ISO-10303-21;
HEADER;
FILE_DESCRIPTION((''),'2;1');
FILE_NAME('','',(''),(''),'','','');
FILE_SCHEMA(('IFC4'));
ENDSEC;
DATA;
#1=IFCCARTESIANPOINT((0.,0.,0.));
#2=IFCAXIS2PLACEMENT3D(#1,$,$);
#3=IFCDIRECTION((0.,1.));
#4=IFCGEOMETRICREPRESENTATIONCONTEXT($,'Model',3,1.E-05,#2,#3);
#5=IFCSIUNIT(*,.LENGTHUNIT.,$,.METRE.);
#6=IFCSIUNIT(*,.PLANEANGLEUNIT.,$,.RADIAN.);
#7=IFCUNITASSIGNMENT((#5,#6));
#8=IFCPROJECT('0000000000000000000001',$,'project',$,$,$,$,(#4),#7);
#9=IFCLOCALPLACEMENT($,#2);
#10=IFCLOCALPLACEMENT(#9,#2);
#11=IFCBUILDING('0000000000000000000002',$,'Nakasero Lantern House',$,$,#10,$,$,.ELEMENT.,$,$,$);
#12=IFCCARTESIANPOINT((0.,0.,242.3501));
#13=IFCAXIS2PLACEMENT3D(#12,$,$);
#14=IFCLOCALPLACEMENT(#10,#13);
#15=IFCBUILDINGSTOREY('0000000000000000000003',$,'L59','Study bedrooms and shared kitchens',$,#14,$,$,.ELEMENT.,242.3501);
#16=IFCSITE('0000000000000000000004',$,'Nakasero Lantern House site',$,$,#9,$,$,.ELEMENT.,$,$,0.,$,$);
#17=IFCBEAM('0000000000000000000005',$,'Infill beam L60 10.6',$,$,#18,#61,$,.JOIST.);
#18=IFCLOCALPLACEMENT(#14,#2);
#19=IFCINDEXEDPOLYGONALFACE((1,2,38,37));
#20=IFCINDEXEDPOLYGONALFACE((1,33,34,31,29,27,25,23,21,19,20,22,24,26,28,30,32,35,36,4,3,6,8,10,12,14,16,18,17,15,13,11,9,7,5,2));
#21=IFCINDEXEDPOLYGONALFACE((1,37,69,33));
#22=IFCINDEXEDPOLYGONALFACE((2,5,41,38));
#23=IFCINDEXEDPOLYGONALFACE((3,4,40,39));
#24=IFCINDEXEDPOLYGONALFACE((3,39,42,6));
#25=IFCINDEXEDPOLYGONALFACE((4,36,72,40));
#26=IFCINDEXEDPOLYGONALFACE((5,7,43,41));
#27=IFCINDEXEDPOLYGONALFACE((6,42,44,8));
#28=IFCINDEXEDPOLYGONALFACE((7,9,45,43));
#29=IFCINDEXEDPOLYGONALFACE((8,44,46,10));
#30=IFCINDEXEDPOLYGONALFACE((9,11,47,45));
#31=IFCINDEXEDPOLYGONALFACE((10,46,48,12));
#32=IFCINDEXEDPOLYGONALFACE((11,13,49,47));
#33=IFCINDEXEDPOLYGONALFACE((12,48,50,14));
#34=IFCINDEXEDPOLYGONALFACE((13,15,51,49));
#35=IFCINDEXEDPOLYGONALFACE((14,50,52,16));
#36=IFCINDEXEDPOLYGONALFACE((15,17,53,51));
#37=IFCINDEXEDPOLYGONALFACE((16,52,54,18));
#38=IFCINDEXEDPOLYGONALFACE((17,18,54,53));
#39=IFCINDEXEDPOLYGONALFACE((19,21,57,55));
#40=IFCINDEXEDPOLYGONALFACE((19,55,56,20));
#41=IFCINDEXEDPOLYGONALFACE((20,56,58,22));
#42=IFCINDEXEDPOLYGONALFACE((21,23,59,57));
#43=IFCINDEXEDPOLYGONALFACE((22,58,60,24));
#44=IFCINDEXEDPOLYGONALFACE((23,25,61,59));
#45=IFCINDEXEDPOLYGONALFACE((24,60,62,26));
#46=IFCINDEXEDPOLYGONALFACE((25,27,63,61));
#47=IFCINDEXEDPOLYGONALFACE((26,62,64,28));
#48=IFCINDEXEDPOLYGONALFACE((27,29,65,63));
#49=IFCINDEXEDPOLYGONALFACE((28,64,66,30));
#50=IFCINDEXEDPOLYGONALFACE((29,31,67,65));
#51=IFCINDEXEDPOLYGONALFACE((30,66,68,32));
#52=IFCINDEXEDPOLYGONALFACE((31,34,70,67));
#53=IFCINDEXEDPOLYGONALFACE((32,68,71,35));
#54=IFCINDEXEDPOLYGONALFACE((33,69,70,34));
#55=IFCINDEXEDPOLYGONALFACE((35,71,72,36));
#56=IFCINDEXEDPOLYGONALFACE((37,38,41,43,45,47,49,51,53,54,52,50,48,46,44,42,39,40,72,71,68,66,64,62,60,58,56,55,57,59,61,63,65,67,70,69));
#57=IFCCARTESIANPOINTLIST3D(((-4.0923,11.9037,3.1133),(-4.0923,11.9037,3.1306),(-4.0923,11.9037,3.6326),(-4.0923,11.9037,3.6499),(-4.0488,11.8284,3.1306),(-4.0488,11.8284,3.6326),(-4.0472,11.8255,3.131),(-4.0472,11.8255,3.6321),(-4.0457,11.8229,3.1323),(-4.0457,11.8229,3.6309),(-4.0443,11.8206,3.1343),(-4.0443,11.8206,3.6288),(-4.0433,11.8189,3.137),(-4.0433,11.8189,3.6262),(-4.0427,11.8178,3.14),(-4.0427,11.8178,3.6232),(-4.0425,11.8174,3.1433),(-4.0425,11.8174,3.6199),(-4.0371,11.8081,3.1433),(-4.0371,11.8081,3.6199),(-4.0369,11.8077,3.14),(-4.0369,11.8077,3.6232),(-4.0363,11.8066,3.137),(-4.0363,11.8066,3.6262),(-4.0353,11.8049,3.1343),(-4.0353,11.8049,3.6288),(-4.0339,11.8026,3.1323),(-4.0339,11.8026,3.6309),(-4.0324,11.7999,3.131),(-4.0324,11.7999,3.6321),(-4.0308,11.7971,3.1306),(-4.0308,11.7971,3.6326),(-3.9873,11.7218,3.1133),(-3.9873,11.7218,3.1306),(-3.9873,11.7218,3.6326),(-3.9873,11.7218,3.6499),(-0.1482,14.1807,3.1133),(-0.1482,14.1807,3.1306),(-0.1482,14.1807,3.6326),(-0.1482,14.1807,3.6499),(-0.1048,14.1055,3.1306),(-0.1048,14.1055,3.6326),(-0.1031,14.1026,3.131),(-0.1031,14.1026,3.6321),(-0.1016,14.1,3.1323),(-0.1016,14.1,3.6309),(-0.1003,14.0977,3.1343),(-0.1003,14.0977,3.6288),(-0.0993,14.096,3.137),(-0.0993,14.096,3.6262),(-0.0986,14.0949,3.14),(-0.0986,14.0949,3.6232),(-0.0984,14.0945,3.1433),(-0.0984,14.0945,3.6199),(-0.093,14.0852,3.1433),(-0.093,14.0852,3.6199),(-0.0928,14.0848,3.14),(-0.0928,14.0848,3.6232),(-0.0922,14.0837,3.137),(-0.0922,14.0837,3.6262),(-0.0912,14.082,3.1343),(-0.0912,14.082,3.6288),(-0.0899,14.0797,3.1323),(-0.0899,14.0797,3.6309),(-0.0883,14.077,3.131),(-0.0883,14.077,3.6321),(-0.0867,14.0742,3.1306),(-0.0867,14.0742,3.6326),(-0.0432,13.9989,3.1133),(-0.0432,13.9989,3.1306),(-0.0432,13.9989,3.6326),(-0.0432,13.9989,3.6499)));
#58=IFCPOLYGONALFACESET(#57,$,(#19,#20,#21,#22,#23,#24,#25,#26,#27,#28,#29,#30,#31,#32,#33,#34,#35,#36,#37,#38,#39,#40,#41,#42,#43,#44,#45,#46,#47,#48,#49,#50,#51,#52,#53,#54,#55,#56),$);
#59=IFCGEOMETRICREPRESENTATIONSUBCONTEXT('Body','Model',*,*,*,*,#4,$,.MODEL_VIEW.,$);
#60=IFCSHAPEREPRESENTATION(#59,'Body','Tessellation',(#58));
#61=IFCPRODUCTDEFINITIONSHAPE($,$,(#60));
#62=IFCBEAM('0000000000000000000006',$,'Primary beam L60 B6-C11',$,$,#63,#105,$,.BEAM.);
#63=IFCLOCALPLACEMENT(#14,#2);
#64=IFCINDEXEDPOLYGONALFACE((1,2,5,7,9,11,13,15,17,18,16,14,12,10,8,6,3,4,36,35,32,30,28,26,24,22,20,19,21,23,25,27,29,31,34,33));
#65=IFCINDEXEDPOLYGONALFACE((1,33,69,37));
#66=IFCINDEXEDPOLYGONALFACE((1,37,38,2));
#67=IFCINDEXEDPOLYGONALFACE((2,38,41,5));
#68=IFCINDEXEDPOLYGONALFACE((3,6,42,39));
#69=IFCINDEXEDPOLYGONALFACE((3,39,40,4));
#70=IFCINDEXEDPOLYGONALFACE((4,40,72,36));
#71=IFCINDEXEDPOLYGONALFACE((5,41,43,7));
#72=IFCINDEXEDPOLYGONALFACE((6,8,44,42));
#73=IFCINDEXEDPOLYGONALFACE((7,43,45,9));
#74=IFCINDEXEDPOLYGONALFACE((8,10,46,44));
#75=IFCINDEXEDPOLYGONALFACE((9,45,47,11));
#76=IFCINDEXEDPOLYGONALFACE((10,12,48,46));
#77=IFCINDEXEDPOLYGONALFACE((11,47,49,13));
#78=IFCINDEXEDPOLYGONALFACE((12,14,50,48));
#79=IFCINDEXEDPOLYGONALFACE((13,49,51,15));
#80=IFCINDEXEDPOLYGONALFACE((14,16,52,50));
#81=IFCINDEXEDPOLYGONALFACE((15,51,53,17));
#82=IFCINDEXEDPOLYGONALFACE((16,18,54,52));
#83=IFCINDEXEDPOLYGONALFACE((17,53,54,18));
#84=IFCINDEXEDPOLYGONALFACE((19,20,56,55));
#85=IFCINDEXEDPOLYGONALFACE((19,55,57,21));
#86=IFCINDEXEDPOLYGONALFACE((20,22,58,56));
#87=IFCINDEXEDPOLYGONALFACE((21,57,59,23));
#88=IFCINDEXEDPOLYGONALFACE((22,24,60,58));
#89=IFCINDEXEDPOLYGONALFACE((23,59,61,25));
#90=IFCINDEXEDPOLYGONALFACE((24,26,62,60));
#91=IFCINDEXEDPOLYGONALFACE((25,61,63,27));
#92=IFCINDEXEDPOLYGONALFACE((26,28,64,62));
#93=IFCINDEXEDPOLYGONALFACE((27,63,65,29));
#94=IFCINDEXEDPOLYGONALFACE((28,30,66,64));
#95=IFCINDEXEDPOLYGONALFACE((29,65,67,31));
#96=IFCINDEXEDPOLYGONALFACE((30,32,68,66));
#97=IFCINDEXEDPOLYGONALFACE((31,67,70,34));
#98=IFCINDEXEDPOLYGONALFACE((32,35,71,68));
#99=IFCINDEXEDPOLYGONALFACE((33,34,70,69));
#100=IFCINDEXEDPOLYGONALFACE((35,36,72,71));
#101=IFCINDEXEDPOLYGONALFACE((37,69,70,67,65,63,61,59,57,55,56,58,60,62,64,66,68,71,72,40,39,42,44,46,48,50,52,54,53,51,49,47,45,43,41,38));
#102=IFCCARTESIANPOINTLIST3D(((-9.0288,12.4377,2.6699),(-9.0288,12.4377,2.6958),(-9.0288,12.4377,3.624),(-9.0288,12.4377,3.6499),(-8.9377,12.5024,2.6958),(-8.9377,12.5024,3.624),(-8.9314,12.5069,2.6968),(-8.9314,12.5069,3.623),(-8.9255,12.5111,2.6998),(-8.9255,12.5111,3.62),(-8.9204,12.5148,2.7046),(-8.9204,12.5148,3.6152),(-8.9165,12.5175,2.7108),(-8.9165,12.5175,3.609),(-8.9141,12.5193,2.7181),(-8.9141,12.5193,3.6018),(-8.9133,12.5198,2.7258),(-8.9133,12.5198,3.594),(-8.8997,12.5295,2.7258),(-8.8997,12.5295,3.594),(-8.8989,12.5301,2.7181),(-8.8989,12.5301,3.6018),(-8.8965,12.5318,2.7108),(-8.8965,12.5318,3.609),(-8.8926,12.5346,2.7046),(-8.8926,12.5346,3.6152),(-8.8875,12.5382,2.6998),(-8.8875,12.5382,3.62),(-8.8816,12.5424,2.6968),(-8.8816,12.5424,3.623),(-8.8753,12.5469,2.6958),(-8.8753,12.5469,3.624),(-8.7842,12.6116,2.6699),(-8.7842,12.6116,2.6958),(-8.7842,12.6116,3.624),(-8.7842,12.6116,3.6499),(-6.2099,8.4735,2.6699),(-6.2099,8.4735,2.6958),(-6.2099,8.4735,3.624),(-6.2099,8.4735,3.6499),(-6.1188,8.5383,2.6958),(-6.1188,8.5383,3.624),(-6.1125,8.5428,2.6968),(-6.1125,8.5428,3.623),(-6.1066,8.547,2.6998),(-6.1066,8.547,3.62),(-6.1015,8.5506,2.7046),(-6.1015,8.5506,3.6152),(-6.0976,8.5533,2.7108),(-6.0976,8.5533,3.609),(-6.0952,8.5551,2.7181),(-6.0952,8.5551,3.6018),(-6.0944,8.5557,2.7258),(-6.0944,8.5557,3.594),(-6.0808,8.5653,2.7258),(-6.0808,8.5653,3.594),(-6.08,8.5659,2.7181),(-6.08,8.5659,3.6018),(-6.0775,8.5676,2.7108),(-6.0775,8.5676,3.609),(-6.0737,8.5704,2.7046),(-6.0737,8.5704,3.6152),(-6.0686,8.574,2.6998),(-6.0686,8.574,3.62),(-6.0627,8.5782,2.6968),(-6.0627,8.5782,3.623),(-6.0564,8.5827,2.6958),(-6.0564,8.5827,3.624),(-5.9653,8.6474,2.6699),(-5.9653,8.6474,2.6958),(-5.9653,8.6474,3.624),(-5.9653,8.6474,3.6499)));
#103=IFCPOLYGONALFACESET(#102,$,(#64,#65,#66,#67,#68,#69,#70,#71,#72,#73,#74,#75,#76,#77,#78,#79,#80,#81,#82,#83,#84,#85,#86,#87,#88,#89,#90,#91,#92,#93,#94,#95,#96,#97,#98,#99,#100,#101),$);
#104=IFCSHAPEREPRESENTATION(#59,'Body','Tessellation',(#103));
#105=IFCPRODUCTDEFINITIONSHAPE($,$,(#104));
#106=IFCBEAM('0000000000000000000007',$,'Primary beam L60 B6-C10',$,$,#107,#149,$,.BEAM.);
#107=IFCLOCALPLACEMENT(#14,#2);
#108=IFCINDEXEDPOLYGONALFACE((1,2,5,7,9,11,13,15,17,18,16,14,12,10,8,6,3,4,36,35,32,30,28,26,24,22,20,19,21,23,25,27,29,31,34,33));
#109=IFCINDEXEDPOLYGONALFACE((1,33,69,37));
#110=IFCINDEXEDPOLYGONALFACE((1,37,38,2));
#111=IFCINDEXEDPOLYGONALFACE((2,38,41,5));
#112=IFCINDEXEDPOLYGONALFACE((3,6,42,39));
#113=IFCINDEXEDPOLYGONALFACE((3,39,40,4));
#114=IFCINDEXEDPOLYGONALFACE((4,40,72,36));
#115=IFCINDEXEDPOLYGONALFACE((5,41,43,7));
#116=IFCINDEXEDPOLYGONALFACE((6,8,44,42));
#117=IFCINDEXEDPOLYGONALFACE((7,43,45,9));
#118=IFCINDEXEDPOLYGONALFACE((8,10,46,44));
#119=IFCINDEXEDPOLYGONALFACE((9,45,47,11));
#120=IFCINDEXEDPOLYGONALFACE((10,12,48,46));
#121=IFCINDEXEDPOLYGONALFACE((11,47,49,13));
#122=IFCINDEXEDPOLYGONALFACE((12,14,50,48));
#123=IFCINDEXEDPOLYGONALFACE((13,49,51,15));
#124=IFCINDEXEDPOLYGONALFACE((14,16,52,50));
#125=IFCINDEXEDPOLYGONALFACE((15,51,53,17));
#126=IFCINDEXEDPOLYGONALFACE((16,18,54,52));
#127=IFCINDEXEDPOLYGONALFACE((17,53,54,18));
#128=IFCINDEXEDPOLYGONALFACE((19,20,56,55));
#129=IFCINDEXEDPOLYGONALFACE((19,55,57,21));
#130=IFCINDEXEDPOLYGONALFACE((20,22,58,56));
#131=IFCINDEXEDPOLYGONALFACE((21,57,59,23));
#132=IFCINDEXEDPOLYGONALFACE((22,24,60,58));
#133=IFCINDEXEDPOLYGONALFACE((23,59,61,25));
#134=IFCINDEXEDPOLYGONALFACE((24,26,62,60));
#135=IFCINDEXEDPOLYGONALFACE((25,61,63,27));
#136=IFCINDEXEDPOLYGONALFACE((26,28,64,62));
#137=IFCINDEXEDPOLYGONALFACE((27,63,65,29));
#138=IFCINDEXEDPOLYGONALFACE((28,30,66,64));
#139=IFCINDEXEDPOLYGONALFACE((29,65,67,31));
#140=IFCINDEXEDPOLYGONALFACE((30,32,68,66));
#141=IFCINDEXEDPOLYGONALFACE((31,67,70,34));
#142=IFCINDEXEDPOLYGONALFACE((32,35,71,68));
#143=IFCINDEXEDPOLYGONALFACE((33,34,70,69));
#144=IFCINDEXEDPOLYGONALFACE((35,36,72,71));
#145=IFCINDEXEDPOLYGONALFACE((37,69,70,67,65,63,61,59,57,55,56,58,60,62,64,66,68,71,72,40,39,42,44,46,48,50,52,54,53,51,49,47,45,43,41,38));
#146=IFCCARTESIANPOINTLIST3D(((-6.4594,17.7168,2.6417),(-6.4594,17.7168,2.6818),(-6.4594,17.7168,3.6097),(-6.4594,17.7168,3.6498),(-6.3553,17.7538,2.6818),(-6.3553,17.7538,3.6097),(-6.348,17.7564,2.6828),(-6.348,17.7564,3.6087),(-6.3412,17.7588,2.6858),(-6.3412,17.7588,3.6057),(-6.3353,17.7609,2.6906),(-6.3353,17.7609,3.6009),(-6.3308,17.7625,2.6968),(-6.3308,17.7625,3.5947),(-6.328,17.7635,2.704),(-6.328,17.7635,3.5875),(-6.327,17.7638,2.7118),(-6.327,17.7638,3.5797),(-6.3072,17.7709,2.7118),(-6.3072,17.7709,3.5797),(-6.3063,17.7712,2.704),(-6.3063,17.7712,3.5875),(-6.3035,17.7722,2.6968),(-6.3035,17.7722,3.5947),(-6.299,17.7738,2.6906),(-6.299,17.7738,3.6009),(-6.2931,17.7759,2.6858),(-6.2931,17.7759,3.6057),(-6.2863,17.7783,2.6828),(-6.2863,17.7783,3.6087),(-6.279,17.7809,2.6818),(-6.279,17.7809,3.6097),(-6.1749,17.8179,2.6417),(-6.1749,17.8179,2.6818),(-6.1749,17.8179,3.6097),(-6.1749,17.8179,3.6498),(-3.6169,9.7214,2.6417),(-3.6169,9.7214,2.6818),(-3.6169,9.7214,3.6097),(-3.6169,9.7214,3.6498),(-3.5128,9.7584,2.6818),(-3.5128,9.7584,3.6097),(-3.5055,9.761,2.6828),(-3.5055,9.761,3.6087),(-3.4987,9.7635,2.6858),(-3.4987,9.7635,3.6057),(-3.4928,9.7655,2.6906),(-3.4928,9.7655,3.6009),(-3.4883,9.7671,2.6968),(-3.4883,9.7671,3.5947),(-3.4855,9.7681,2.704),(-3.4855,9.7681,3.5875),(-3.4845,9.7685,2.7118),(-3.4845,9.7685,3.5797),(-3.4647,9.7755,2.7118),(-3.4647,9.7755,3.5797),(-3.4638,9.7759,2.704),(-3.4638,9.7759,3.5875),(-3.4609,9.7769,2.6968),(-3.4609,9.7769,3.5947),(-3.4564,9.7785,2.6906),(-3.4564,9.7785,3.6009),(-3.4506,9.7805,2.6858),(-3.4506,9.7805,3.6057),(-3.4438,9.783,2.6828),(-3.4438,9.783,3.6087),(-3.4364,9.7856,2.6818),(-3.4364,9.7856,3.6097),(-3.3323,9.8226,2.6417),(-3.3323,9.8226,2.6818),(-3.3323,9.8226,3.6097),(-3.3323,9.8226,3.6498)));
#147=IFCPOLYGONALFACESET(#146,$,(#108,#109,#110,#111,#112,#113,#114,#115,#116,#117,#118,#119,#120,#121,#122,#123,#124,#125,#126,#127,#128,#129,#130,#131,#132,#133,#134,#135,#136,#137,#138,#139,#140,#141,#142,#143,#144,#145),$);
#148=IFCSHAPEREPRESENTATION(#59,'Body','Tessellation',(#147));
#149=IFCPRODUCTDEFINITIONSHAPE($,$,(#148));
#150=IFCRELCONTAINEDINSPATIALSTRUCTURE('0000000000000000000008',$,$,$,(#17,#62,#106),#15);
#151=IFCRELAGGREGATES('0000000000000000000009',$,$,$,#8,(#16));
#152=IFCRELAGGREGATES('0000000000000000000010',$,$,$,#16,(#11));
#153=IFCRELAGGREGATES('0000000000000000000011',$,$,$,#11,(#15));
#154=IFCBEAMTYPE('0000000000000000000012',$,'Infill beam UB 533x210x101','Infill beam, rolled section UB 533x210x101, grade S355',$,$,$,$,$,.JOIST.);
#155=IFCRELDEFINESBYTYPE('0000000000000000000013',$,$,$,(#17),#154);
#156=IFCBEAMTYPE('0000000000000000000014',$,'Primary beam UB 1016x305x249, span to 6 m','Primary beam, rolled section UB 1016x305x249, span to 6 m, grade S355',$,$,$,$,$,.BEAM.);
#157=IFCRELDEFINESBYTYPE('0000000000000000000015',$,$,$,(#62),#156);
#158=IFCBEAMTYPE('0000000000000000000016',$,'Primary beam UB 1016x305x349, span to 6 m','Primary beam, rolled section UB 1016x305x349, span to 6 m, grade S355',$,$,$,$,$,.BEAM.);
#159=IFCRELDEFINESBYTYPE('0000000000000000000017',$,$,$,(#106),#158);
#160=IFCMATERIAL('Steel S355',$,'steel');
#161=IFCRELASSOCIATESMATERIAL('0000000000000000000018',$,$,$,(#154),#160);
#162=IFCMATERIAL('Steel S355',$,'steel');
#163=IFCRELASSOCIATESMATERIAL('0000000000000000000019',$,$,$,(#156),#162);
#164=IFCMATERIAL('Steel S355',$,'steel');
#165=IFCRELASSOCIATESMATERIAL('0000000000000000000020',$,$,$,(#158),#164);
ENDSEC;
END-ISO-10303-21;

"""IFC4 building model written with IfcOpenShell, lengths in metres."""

from ifc_helpers import new_model, si_unit, direction, frame, origin, origin_2d, place, context, subcontext, project, spatial, i_section, extrude, material, material_profile, profile_set, type_object, element, save


model = new_model("IFC4")

# Units and contexts
model_context = context("Model", 3, precision=1e-05, world=origin(), true_north=direction((0.0, 1.0)))
body_context = subcontext(model_context, "Body", "Model", "MODEL_VIEW")
ifc_project = project(units=[si_unit("LENGTHUNIT", "METRE"), si_unit("PLANEANGLEUNIT", "RADIAN")], contexts=[model_context])

# Site, building, storey
site_placement = place(None, origin())
site = spatial("IfcSite", under=ifc_project, at=site_placement, Name="Nakasero Lantern House site", CompositionType="ELEMENT", RefElevation=0.0)
building_placement = place(site_placement, origin())
building = spatial("IfcBuilding", under=site, at=building_placement, Name="Nakasero Lantern House", CompositionType="ELEMENT")
storey_placement = place(building_placement, frame((0.0, 0.0, 242.3501)))
storey = spatial("IfcBuildingStorey", under=building, at=storey_placement, Name="L59", Description="Study bedrooms and shared kitchens", CompositionType="ELEMENT", Elevation=242.3501)

# Beams
ifc_material_1 = material(Name="Steel S355", Category="steel")
ifc_material_profile_1 = material_profile(ifc_material_1, i_section(OverallWidth=0.21, OverallDepth=0.5366, WebThickness=0.0107, FlangeThickness=0.0173, FilletRadius=0.0127, at=origin_2d()), Name="UB 533x210x101")
ifc_profile_set_1 = profile_set([ifc_material_profile_1], Name="Steel S355")
beam_type_1 = type_object("IfcBeamType", Name="Infill beam UB 533x210x101", Description="Infill beam, rolled section UB 533x210x101, grade S355", PredefinedType="JOIST", material=ifc_profile_set_1)
beam_1_placement = place(storey_placement, frame((-4.0398, 11.8127, 3.3816), z_axis=(0.866028, 0.499996, 0.0), x_axis=(-0.499996, 0.866028, 0.0)))
element("IfcBeam", 1, at=beam_1_placement, inside=storey, type_object=beam_type_1, Name="Infill beam L60 10.6", PredefinedType="JOIST", context=body_context, shape_type="SweptSolid", body=[
    extrude(i_section(OverallWidth=0.21, OverallDepth=0.5366, WebThickness=0.0107, FlangeThickness=0.0173, FilletRadius=0.0127, at=origin_2d()), origin(), (0.0, 0.0, 1.0), 4.5542),
])
ifc_material_2 = material(Name="Steel S355", Category="steel")
ifc_material_profile_2 = material_profile(ifc_material_2, i_section(OverallWidth=0.3, OverallDepth=0.98, WebThickness=0.0166, FlangeThickness=0.0259, FilletRadius=0.03, at=origin_2d()), Name="UB 1016x305x249")
ifc_profile_set_2 = profile_set([ifc_material_profile_2], Name="Steel S355")
beam_type_2 = type_object("IfcBeamType", Name="Primary beam UB 1016x305x249, span to 6 m", Description="Primary beam, rolled section UB 1016x305x249, span to 6 m, grade S355", PredefinedType="BEAM", material=ifc_profile_set_2)
beam_2_placement = place(storey_placement, frame((-8.9065, 12.5247, 3.1599), z_axis=(0.579513, -0.814963, 0.0), x_axis=(0.814963, 0.579513, 0.0)))
element("IfcBeam", 2, at=beam_2_placement, inside=storey, type_object=beam_type_2, Name="Primary beam L60 B6-C11", PredefinedType="BEAM", context=body_context, shape_type="SweptSolid", body=[
    extrude(i_section(OverallWidth=0.3, OverallDepth=0.98, WebThickness=0.0166, FlangeThickness=0.0259, FilletRadius=0.03, at=origin_2d()), origin(), (0.0, 0.0, 1.0), 4.8643),
])
ifc_material_3 = material(Name="Steel S355", Category="steel")
ifc_material_profile_3 = material_profile(ifc_material_3, i_section(OverallWidth=0.302, OverallDepth=1.0081, WebThickness=0.021, FlangeThickness=0.04, FilletRadius=0.03, at=origin_2d()), Name="UB 1016x305x349")
ifc_profile_set_3 = profile_set([ifc_material_profile_3], Name="Steel S355")
beam_type_3 = type_object("IfcBeamType", Name="Primary beam UB 1016x305x349, span to 6 m", Description="Primary beam, rolled section UB 1016x305x349, span to 6 m, grade S355", PredefinedType="BEAM", material=ifc_profile_set_3)
beam_3_placement = place(storey_placement, frame((-6.3171, 17.7673, 3.1458), z_axis=(0.334982, -0.942225, 0.0), x_axis=(0.942225, 0.334982, 0.0)))
element("IfcBeam", 3, at=beam_3_placement, inside=storey, type_object=beam_type_3, Name="Primary beam L60 B6-C10", PredefinedType="BEAM", context=body_context, shape_type="SweptSolid", body=[
    extrude(i_section(OverallWidth=0.302, OverallDepth=1.0081, WebThickness=0.021, FlangeThickness=0.04, FilletRadius=0.03, at=origin_2d()), origin(), (0.0, 0.0, 1.0), 8.4856),
])

save(model, "model.ifc")
